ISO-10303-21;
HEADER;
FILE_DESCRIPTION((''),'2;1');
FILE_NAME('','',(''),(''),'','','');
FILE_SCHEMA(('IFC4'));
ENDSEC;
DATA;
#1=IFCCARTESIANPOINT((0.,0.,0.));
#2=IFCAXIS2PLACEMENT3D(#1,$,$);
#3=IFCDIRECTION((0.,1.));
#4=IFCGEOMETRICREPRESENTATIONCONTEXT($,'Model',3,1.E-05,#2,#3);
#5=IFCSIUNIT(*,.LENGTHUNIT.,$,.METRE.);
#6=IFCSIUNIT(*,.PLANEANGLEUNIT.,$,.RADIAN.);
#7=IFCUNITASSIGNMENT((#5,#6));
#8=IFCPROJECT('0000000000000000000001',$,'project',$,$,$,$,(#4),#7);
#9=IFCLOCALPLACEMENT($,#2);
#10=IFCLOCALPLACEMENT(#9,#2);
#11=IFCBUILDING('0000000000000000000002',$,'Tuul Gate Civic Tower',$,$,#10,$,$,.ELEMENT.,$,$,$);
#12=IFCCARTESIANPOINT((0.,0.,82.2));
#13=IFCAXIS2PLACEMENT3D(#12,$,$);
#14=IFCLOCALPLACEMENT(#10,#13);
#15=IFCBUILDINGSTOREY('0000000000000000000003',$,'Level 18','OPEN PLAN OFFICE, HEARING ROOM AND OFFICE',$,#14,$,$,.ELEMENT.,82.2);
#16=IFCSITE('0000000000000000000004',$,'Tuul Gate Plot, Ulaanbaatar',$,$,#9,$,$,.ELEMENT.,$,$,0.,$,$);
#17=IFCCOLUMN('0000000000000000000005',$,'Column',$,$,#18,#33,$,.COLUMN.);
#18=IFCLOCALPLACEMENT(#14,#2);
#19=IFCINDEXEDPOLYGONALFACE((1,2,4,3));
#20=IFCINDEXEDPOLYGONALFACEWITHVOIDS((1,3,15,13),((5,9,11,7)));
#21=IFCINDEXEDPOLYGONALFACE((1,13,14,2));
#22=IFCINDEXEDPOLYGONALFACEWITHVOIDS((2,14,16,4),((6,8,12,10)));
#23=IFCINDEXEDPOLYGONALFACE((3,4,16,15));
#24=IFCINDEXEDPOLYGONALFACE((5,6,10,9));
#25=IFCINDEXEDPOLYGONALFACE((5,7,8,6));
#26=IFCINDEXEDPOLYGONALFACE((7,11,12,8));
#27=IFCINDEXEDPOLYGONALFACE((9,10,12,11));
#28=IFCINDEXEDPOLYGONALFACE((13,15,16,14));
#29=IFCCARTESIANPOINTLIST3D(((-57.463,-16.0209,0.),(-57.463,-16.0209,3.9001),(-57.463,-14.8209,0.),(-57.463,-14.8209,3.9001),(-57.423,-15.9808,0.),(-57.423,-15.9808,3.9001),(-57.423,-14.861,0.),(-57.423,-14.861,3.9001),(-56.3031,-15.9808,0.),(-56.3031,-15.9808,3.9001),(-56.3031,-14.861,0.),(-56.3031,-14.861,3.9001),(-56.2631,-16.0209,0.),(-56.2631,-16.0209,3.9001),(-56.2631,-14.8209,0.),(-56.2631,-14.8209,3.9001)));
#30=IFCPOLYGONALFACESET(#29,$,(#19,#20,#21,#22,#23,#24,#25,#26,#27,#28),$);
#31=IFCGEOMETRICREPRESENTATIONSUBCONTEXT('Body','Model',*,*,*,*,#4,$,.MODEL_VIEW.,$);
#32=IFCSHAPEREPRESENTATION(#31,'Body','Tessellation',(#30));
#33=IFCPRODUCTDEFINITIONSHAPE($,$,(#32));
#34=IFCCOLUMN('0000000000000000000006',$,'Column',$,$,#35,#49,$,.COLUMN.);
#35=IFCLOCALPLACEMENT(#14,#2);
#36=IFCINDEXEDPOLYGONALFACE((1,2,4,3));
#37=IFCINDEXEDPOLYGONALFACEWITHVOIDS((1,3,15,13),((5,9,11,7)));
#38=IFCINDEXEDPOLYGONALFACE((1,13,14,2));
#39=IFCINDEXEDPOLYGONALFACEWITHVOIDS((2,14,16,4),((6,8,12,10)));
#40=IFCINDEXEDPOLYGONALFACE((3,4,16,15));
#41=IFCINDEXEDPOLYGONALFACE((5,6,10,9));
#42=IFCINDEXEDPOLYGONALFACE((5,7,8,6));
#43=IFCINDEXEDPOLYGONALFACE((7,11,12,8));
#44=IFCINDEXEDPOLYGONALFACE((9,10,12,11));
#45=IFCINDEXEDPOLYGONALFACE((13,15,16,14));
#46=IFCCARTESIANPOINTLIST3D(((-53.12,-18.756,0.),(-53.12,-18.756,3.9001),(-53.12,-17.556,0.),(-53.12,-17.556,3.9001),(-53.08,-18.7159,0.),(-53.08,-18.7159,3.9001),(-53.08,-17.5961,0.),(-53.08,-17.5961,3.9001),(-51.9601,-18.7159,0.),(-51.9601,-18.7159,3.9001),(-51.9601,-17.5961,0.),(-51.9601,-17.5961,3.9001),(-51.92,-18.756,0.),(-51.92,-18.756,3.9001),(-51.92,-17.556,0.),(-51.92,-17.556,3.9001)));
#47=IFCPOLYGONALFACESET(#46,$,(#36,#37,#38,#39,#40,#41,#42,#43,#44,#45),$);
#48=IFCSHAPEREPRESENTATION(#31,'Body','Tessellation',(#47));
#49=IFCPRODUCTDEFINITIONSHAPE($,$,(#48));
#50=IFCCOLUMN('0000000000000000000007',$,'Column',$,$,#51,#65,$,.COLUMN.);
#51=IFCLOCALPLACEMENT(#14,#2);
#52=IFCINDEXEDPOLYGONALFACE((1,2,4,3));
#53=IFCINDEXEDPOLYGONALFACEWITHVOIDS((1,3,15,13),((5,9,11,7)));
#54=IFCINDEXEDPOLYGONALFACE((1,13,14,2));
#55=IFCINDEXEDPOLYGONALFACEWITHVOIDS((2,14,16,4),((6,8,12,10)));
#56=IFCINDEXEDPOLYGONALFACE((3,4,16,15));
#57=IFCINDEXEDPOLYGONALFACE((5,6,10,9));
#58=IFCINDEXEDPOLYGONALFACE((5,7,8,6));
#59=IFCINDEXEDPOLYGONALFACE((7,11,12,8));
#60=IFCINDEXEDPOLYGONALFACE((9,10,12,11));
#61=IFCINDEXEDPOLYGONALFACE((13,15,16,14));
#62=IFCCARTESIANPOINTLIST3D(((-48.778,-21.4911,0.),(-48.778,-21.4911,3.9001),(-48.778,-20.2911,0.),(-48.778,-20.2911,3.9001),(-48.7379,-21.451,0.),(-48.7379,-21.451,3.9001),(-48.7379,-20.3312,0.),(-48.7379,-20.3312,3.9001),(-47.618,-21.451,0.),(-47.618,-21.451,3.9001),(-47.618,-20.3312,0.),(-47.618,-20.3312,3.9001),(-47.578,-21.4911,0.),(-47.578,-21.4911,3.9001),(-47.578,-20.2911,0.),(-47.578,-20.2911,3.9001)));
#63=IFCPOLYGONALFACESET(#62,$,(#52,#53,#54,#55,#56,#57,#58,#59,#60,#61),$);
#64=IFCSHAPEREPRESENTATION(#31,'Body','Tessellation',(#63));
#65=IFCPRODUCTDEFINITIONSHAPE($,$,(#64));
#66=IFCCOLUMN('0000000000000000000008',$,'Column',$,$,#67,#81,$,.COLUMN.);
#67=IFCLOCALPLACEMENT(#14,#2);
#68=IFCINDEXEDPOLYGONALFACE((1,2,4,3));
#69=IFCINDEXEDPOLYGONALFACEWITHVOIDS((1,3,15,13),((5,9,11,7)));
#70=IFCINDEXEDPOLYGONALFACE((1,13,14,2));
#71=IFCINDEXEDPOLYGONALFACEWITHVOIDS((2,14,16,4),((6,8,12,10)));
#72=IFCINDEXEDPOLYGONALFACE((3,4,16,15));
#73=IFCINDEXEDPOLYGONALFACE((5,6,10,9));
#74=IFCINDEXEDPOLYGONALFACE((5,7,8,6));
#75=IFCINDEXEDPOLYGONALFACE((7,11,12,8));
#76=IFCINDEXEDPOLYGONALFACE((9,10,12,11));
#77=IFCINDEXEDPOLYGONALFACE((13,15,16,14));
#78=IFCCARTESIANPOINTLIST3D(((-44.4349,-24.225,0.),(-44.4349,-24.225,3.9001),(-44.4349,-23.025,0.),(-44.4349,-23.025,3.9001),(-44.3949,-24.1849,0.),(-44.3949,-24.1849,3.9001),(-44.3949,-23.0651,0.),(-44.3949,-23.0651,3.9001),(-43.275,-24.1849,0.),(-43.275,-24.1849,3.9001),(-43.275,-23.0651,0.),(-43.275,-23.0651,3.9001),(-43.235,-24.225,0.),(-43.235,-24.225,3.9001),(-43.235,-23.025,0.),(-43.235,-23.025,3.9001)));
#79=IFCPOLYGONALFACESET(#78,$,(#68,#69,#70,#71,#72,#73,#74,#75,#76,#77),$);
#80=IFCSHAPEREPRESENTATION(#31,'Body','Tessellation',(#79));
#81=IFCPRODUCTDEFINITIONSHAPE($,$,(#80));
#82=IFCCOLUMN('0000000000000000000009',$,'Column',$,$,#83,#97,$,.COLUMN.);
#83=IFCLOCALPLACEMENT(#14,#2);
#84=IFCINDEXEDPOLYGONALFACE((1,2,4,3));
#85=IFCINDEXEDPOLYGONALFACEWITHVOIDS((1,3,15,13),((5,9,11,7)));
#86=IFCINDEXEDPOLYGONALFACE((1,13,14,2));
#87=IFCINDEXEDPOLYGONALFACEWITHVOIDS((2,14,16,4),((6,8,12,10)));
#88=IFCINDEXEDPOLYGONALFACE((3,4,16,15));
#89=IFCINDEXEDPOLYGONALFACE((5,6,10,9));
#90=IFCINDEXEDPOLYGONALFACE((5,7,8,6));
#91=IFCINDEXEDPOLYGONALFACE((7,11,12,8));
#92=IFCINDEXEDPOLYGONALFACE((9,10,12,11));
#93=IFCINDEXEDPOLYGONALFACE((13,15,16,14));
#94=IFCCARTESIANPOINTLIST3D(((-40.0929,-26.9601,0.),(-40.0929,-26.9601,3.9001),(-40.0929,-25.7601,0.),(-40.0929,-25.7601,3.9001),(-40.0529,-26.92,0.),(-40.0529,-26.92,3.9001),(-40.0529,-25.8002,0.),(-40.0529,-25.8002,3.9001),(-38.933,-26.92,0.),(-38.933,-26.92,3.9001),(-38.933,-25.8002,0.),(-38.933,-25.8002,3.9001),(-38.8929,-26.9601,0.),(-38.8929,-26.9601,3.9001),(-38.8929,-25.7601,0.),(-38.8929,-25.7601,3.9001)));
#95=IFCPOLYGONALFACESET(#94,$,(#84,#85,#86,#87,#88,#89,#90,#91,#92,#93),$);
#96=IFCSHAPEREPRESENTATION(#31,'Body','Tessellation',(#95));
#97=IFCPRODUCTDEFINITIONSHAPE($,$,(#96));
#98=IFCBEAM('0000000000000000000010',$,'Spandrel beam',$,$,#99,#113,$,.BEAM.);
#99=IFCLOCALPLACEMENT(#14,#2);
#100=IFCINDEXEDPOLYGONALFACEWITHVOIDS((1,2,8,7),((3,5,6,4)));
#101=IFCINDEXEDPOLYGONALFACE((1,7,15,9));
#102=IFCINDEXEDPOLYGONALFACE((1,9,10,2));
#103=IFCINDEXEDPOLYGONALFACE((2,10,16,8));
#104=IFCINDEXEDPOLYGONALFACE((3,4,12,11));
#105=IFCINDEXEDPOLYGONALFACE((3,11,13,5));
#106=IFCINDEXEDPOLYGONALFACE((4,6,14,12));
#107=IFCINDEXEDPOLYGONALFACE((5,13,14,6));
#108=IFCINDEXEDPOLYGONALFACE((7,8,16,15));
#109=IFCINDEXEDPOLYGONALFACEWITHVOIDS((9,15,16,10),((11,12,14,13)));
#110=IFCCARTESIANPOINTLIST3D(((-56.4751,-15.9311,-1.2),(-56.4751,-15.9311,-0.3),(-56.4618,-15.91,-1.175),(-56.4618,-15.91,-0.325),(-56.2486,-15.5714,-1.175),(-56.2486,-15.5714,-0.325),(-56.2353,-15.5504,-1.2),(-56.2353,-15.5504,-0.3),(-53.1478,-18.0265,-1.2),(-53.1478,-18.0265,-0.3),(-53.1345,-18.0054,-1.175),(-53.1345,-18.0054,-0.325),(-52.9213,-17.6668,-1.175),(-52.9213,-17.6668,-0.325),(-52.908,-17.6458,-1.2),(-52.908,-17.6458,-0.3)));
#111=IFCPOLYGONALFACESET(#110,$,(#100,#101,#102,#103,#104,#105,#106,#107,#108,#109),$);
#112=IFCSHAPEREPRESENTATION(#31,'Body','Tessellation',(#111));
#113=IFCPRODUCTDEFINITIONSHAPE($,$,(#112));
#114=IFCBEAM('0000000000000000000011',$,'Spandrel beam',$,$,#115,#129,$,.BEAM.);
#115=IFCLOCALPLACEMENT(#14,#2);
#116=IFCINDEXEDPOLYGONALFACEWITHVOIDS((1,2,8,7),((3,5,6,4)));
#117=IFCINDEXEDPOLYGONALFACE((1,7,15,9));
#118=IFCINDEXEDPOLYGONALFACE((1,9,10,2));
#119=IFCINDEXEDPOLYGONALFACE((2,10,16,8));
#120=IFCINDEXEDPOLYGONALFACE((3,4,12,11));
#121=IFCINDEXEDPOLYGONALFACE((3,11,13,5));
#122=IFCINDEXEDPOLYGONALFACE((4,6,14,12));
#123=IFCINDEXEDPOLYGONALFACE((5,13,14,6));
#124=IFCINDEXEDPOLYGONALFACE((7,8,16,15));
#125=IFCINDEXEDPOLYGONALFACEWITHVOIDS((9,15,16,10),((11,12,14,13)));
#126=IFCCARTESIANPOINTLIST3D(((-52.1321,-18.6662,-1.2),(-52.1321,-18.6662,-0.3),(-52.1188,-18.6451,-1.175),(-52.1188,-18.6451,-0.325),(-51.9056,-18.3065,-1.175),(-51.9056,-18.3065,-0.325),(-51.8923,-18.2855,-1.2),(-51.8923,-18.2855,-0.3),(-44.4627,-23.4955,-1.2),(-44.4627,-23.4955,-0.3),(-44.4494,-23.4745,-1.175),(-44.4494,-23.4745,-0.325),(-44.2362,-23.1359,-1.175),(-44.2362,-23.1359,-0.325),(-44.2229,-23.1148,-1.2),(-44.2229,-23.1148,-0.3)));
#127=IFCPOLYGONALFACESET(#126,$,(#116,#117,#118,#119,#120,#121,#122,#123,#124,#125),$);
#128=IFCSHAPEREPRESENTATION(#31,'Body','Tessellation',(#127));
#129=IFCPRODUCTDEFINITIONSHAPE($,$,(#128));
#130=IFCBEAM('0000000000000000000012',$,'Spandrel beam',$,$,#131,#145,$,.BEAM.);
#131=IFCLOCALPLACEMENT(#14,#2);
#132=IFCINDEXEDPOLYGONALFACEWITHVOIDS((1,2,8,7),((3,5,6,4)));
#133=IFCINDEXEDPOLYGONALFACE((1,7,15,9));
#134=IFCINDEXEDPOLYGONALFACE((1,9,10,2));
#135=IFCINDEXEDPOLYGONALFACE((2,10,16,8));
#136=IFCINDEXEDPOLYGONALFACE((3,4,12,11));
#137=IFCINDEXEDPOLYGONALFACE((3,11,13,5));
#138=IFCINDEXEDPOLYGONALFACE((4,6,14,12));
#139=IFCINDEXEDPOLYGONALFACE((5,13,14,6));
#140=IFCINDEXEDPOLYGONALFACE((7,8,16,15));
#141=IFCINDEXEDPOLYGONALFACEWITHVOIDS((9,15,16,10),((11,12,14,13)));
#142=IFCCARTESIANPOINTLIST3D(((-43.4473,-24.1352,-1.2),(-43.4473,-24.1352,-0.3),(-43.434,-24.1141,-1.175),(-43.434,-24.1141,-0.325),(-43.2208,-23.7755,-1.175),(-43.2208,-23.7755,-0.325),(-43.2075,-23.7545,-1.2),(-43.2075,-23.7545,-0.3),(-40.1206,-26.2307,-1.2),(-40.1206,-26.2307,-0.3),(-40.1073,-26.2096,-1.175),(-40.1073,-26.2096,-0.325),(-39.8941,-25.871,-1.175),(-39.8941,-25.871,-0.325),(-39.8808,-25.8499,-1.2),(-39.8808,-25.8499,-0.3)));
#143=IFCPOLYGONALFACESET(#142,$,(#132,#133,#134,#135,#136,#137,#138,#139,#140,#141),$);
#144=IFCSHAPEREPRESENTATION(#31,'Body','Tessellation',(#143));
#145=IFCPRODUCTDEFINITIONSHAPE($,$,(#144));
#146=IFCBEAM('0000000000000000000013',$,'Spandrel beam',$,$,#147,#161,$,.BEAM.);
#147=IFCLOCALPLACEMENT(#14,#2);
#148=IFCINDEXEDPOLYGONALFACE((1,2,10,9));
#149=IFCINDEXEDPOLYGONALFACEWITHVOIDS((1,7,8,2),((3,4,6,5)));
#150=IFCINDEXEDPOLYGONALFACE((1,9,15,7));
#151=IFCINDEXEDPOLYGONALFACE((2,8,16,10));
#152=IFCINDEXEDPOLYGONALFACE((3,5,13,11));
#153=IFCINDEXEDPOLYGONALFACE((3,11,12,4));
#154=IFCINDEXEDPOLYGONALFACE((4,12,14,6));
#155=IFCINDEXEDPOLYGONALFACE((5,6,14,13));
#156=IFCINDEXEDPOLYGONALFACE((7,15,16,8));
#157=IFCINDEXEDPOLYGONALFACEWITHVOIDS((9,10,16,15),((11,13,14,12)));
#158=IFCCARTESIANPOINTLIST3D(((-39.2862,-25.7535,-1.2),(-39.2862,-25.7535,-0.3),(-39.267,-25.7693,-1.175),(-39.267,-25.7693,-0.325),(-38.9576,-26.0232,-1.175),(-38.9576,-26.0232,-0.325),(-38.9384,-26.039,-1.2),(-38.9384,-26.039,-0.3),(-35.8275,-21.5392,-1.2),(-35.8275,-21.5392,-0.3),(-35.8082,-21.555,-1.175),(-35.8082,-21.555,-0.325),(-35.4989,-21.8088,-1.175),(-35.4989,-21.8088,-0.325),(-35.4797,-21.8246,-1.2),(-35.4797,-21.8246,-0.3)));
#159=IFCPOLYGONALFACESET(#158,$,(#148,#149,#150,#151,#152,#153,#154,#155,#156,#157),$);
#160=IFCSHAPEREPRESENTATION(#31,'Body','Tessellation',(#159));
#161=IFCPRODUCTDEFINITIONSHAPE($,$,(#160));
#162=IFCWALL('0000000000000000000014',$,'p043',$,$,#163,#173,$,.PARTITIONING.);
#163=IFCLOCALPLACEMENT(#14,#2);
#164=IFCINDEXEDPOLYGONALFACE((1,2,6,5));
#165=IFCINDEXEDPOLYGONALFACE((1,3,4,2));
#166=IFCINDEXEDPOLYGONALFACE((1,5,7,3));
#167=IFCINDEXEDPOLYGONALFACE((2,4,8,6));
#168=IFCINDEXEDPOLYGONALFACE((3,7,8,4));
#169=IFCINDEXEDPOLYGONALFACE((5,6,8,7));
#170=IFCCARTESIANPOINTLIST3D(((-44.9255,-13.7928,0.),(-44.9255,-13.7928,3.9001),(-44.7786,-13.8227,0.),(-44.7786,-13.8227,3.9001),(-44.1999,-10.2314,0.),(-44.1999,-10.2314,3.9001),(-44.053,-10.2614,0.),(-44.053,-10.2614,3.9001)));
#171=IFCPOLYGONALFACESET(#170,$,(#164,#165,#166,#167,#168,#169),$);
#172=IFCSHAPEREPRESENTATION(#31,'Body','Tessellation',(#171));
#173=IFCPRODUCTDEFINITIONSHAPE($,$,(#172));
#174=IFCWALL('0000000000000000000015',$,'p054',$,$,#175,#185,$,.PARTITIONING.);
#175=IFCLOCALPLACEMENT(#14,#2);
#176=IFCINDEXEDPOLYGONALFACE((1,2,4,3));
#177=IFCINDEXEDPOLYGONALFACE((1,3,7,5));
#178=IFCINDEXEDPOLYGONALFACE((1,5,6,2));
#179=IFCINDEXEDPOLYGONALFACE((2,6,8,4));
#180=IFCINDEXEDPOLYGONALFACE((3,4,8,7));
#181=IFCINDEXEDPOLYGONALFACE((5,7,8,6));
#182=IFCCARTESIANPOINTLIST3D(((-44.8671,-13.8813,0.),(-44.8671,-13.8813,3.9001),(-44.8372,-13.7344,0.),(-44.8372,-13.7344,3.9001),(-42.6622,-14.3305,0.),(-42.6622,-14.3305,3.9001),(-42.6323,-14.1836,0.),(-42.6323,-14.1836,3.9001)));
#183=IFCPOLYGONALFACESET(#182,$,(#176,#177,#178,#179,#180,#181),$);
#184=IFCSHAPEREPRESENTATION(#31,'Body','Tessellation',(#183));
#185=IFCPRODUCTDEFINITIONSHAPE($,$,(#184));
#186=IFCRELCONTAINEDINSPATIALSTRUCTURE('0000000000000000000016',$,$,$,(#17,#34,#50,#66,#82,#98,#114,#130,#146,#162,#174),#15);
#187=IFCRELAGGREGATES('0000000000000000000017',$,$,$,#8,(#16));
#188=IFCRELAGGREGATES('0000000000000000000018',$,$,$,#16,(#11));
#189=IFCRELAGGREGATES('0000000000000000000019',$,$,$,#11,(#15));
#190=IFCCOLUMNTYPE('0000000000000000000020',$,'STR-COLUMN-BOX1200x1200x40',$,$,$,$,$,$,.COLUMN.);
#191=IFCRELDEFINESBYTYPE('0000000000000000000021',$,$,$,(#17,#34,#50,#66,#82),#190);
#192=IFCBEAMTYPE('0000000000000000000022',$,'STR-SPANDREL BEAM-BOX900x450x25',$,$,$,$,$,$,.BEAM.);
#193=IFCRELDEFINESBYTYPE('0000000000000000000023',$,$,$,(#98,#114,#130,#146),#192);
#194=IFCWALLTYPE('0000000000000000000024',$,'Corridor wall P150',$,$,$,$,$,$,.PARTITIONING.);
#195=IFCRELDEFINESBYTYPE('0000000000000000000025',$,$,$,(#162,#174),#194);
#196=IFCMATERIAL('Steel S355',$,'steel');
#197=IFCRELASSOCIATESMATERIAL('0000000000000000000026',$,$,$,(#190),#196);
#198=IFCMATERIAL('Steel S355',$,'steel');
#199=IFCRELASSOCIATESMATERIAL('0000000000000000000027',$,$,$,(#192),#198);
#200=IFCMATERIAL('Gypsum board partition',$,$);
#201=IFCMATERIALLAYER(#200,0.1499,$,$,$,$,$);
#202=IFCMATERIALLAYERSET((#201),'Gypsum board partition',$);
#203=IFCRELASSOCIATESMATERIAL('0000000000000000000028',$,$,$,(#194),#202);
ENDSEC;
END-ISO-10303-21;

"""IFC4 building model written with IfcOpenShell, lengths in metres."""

from ifc_helpers import new_model, si_unit, direction, frame, frame_2d, origin, origin_2d, place, context, subcontext, project, spatial, rectangle, hollow_rectangle, extrude, material, layer, layer_set, material_profile, profile_set, type_object, element, save


model = new_model("IFC4")

# Units and contexts
model_context = context("Model", 3, precision=1e-05, world=origin(), true_north=direction((0.0, 1.0)))
body_context = subcontext(model_context, "Body", "Model", "MODEL_VIEW")
ifc_project = project(units=[si_unit("LENGTHUNIT", "METRE"), si_unit("PLANEANGLEUNIT", "RADIAN")], contexts=[model_context])

# Site, building, storey
site_placement = place(None, origin())
site = spatial("IfcSite", under=ifc_project, at=site_placement, Name="Tuul Gate Plot, Ulaanbaatar", CompositionType="ELEMENT", RefElevation=0.0)
building_placement = place(site_placement, origin())
building = spatial("IfcBuilding", under=site, at=building_placement, Name="Tuul Gate Civic Tower", CompositionType="ELEMENT")
storey_placement = place(building_placement, frame((0.0, 0.0, 82.2)))
storey = spatial("IfcBuildingStorey", under=building, at=storey_placement, Name="Level 18", Description="OPEN PLAN OFFICE, HEARING ROOM AND OFFICE", CompositionType="ELEMENT", Elevation=82.2)

# Columns
ifc_material_1 = material(Name="Steel S355", Category="steel")
ifc_material_profile_1 = material_profile(ifc_material_1, hollow_rectangle(XDim=1.2, YDim=1.2, WallThickness=0.04, at=origin_2d()), Name="BOX1200x1200x40")
ifc_profile_set_1 = profile_set([ifc_material_profile_1], Name="Steel S355")
column_type = type_object("IfcColumnType", Name="STR-COLUMN-BOX1200x1200x40", PredefinedType="COLUMN", material=ifc_profile_set_1)
for number, where, z_axis, x_axis, name in (
    (1, (-56.863, -15.4209, 0.0), (0.0, 0.0, 1.0), (1.0, 0.0, 0.0), "Column"),
    (2, (-52.52, -18.156, 0.0), (0.0, 0.0, 1.0), (1.0, 0.0, 0.0), "Column"),
    (3, (-48.178, -20.8911, 0.0), (0.0, 0.0, 1.0), (1.0, 0.0, 0.0), "Column"),
    (4, (-43.835, -23.625, 0.0), (0.0, 0.0, 1.0), (1.0, 0.0, 0.0), "Column"),
    (5, (-39.4929, -26.3601, 0.0), (0.0, 0.0, 1.0), (1.0, 0.0, 0.0), "Column"),
):
    element("IfcColumn", number, at=place(storey_placement, frame(where, z_axis=z_axis, x_axis=x_axis)), inside=storey, type_object=column_type, Name=name, PredefinedType="COLUMN", context=body_context, shape_type="SweptSolid", body=[
        extrude(hollow_rectangle(XDim=1.2, YDim=1.2, WallThickness=0.04, at=origin_2d()), origin(), (0.0, 0.0, 1.0), 3.9001),
    ])

# Beams
ifc_material_2 = material(Name="Steel S355", Category="steel")
ifc_material_profile_2 = material_profile(ifc_material_2, hollow_rectangle(XDim=0.45, YDim=0.8999, WallThickness=0.0249, at=origin_2d()), Name="BOX900x450x25")
ifc_profile_set_2 = profile_set([ifc_material_profile_2], Name="Steel S355")
beam_type = type_object("IfcBeamType", Name="STR-SPANDREL BEAM-BOX900x450x25", PredefinedType="BEAM", material=ifc_profile_set_2)
beam_1_placement = place(storey_placement, frame((-56.3552, -15.7407, -0.75), z_axis=(0.846183, -0.532892, 0.0), x_axis=(0.532892, 0.846183, 0.0)))
element("IfcBeam", 6, at=beam_1_placement, inside=storey, type_object=beam_type, Name="Spandrel beam", PredefinedType="BEAM", context=body_context, shape_type="SweptSolid", body=[
    extrude(hollow_rectangle(XDim=0.45, YDim=0.8999, WallThickness=0.0249, at=origin_2d()), origin(), (0.0, 0.0, 1.0), 3.9321),
])
beam_2_placement = place(storey_placement, frame((-52.0122, -18.4758, -0.75), z_axis=(0.846211, -0.532848, 0.0), x_axis=(0.532848, 0.846211, 0.0)))
element("IfcBeam", 7, at=beam_2_placement, inside=storey, type_object=beam_type, Name="Spandrel beam", PredefinedType="BEAM", context=body_context, shape_type="SweptSolid", body=[
    extrude(hollow_rectangle(XDim=0.45, YDim=0.8999, WallThickness=0.0249, at=origin_2d()), origin(), (0.0, 0.0, 1.0), 9.0632),
])
beam_3_placement = place(storey_placement, frame((-43.3274, -23.9448, -0.75), z_axis=(0.84613, -0.532976, 0.0), x_axis=(0.532976, 0.84613, 0.0)))
element("IfcBeam", 8, at=beam_3_placement, inside=storey, type_object=beam_type, Name="Spandrel beam", PredefinedType="BEAM", context=body_context, shape_type="SweptSolid", body=[
    extrude(hollow_rectangle(XDim=0.45, YDim=0.8999, WallThickness=0.0249, at=origin_2d()), origin(), (0.0, 0.0, 1.0), 3.9316),
])
beam_4_placement = place(storey_placement, frame((-39.1123, -25.8962, -0.75), z_axis=(0.634405, 0.773001, 0.0), x_axis=(-0.773001, 0.634405, 0.0)))
element("IfcBeam", 9, at=beam_4_placement, inside=storey, type_object=beam_type, Name="Spandrel beam", PredefinedType="BEAM", context=body_context, shape_type="SweptSolid", body=[
    extrude(hollow_rectangle(XDim=0.45, YDim=0.8999, WallThickness=0.0249, at=origin_2d()), origin(), (0.0, 0.0, 1.0), 5.4519),
])

# Walls
ifc_material_3 = material(Name="Gypsum board partition")
ifc_layer_1 = layer(ifc_material_3, 0.1499)
ifc_layer_set_1 = layer_set([ifc_layer_1], Name="Gypsum board partition")
wall_type_1 = type_object("IfcWallType", Name="Corridor wall P150", PredefinedType="PARTITIONING", material=ifc_layer_set_1)
wall_1_placement = place(storey_placement, frame((-44.8521, -13.8079, 0.0), z_axis=(0.0, 0.0, 1.0), x_axis=(0.199642, 0.979869, 0.0)))
element("IfcWall", 10, at=wall_1_placement, inside=storey, type_object=wall_type_1, Name="p043", PredefinedType="PARTITIONING", context=body_context, shape_type="SweptSolid", body=[
    extrude(rectangle(XDim=3.6345, YDim=0.1499, at=frame_2d((1.8174, 0.0))), origin(), (0.0, 0.0, 1.0), 3.9001),
])
wall_2_placement = place(storey_placement, frame((-44.8521, -13.8079, 0.0), z_axis=(0.0, 0.0, 1.0), x_axis=(0.979869, -0.199641, 0.0)))
element("IfcWall", 11, at=wall_2_placement, inside=storey, type_object=wall_type_1, Name="p054", PredefinedType="PARTITIONING", context=body_context, shape_type="SweptSolid", body=[
    extrude(rectangle(XDim=2.2502, YDim=0.1499, at=frame_2d((1.125, 0.0))), origin(), (0.0, 0.0, 1.0), 3.9001),
])

save(model, "model.ifc")
